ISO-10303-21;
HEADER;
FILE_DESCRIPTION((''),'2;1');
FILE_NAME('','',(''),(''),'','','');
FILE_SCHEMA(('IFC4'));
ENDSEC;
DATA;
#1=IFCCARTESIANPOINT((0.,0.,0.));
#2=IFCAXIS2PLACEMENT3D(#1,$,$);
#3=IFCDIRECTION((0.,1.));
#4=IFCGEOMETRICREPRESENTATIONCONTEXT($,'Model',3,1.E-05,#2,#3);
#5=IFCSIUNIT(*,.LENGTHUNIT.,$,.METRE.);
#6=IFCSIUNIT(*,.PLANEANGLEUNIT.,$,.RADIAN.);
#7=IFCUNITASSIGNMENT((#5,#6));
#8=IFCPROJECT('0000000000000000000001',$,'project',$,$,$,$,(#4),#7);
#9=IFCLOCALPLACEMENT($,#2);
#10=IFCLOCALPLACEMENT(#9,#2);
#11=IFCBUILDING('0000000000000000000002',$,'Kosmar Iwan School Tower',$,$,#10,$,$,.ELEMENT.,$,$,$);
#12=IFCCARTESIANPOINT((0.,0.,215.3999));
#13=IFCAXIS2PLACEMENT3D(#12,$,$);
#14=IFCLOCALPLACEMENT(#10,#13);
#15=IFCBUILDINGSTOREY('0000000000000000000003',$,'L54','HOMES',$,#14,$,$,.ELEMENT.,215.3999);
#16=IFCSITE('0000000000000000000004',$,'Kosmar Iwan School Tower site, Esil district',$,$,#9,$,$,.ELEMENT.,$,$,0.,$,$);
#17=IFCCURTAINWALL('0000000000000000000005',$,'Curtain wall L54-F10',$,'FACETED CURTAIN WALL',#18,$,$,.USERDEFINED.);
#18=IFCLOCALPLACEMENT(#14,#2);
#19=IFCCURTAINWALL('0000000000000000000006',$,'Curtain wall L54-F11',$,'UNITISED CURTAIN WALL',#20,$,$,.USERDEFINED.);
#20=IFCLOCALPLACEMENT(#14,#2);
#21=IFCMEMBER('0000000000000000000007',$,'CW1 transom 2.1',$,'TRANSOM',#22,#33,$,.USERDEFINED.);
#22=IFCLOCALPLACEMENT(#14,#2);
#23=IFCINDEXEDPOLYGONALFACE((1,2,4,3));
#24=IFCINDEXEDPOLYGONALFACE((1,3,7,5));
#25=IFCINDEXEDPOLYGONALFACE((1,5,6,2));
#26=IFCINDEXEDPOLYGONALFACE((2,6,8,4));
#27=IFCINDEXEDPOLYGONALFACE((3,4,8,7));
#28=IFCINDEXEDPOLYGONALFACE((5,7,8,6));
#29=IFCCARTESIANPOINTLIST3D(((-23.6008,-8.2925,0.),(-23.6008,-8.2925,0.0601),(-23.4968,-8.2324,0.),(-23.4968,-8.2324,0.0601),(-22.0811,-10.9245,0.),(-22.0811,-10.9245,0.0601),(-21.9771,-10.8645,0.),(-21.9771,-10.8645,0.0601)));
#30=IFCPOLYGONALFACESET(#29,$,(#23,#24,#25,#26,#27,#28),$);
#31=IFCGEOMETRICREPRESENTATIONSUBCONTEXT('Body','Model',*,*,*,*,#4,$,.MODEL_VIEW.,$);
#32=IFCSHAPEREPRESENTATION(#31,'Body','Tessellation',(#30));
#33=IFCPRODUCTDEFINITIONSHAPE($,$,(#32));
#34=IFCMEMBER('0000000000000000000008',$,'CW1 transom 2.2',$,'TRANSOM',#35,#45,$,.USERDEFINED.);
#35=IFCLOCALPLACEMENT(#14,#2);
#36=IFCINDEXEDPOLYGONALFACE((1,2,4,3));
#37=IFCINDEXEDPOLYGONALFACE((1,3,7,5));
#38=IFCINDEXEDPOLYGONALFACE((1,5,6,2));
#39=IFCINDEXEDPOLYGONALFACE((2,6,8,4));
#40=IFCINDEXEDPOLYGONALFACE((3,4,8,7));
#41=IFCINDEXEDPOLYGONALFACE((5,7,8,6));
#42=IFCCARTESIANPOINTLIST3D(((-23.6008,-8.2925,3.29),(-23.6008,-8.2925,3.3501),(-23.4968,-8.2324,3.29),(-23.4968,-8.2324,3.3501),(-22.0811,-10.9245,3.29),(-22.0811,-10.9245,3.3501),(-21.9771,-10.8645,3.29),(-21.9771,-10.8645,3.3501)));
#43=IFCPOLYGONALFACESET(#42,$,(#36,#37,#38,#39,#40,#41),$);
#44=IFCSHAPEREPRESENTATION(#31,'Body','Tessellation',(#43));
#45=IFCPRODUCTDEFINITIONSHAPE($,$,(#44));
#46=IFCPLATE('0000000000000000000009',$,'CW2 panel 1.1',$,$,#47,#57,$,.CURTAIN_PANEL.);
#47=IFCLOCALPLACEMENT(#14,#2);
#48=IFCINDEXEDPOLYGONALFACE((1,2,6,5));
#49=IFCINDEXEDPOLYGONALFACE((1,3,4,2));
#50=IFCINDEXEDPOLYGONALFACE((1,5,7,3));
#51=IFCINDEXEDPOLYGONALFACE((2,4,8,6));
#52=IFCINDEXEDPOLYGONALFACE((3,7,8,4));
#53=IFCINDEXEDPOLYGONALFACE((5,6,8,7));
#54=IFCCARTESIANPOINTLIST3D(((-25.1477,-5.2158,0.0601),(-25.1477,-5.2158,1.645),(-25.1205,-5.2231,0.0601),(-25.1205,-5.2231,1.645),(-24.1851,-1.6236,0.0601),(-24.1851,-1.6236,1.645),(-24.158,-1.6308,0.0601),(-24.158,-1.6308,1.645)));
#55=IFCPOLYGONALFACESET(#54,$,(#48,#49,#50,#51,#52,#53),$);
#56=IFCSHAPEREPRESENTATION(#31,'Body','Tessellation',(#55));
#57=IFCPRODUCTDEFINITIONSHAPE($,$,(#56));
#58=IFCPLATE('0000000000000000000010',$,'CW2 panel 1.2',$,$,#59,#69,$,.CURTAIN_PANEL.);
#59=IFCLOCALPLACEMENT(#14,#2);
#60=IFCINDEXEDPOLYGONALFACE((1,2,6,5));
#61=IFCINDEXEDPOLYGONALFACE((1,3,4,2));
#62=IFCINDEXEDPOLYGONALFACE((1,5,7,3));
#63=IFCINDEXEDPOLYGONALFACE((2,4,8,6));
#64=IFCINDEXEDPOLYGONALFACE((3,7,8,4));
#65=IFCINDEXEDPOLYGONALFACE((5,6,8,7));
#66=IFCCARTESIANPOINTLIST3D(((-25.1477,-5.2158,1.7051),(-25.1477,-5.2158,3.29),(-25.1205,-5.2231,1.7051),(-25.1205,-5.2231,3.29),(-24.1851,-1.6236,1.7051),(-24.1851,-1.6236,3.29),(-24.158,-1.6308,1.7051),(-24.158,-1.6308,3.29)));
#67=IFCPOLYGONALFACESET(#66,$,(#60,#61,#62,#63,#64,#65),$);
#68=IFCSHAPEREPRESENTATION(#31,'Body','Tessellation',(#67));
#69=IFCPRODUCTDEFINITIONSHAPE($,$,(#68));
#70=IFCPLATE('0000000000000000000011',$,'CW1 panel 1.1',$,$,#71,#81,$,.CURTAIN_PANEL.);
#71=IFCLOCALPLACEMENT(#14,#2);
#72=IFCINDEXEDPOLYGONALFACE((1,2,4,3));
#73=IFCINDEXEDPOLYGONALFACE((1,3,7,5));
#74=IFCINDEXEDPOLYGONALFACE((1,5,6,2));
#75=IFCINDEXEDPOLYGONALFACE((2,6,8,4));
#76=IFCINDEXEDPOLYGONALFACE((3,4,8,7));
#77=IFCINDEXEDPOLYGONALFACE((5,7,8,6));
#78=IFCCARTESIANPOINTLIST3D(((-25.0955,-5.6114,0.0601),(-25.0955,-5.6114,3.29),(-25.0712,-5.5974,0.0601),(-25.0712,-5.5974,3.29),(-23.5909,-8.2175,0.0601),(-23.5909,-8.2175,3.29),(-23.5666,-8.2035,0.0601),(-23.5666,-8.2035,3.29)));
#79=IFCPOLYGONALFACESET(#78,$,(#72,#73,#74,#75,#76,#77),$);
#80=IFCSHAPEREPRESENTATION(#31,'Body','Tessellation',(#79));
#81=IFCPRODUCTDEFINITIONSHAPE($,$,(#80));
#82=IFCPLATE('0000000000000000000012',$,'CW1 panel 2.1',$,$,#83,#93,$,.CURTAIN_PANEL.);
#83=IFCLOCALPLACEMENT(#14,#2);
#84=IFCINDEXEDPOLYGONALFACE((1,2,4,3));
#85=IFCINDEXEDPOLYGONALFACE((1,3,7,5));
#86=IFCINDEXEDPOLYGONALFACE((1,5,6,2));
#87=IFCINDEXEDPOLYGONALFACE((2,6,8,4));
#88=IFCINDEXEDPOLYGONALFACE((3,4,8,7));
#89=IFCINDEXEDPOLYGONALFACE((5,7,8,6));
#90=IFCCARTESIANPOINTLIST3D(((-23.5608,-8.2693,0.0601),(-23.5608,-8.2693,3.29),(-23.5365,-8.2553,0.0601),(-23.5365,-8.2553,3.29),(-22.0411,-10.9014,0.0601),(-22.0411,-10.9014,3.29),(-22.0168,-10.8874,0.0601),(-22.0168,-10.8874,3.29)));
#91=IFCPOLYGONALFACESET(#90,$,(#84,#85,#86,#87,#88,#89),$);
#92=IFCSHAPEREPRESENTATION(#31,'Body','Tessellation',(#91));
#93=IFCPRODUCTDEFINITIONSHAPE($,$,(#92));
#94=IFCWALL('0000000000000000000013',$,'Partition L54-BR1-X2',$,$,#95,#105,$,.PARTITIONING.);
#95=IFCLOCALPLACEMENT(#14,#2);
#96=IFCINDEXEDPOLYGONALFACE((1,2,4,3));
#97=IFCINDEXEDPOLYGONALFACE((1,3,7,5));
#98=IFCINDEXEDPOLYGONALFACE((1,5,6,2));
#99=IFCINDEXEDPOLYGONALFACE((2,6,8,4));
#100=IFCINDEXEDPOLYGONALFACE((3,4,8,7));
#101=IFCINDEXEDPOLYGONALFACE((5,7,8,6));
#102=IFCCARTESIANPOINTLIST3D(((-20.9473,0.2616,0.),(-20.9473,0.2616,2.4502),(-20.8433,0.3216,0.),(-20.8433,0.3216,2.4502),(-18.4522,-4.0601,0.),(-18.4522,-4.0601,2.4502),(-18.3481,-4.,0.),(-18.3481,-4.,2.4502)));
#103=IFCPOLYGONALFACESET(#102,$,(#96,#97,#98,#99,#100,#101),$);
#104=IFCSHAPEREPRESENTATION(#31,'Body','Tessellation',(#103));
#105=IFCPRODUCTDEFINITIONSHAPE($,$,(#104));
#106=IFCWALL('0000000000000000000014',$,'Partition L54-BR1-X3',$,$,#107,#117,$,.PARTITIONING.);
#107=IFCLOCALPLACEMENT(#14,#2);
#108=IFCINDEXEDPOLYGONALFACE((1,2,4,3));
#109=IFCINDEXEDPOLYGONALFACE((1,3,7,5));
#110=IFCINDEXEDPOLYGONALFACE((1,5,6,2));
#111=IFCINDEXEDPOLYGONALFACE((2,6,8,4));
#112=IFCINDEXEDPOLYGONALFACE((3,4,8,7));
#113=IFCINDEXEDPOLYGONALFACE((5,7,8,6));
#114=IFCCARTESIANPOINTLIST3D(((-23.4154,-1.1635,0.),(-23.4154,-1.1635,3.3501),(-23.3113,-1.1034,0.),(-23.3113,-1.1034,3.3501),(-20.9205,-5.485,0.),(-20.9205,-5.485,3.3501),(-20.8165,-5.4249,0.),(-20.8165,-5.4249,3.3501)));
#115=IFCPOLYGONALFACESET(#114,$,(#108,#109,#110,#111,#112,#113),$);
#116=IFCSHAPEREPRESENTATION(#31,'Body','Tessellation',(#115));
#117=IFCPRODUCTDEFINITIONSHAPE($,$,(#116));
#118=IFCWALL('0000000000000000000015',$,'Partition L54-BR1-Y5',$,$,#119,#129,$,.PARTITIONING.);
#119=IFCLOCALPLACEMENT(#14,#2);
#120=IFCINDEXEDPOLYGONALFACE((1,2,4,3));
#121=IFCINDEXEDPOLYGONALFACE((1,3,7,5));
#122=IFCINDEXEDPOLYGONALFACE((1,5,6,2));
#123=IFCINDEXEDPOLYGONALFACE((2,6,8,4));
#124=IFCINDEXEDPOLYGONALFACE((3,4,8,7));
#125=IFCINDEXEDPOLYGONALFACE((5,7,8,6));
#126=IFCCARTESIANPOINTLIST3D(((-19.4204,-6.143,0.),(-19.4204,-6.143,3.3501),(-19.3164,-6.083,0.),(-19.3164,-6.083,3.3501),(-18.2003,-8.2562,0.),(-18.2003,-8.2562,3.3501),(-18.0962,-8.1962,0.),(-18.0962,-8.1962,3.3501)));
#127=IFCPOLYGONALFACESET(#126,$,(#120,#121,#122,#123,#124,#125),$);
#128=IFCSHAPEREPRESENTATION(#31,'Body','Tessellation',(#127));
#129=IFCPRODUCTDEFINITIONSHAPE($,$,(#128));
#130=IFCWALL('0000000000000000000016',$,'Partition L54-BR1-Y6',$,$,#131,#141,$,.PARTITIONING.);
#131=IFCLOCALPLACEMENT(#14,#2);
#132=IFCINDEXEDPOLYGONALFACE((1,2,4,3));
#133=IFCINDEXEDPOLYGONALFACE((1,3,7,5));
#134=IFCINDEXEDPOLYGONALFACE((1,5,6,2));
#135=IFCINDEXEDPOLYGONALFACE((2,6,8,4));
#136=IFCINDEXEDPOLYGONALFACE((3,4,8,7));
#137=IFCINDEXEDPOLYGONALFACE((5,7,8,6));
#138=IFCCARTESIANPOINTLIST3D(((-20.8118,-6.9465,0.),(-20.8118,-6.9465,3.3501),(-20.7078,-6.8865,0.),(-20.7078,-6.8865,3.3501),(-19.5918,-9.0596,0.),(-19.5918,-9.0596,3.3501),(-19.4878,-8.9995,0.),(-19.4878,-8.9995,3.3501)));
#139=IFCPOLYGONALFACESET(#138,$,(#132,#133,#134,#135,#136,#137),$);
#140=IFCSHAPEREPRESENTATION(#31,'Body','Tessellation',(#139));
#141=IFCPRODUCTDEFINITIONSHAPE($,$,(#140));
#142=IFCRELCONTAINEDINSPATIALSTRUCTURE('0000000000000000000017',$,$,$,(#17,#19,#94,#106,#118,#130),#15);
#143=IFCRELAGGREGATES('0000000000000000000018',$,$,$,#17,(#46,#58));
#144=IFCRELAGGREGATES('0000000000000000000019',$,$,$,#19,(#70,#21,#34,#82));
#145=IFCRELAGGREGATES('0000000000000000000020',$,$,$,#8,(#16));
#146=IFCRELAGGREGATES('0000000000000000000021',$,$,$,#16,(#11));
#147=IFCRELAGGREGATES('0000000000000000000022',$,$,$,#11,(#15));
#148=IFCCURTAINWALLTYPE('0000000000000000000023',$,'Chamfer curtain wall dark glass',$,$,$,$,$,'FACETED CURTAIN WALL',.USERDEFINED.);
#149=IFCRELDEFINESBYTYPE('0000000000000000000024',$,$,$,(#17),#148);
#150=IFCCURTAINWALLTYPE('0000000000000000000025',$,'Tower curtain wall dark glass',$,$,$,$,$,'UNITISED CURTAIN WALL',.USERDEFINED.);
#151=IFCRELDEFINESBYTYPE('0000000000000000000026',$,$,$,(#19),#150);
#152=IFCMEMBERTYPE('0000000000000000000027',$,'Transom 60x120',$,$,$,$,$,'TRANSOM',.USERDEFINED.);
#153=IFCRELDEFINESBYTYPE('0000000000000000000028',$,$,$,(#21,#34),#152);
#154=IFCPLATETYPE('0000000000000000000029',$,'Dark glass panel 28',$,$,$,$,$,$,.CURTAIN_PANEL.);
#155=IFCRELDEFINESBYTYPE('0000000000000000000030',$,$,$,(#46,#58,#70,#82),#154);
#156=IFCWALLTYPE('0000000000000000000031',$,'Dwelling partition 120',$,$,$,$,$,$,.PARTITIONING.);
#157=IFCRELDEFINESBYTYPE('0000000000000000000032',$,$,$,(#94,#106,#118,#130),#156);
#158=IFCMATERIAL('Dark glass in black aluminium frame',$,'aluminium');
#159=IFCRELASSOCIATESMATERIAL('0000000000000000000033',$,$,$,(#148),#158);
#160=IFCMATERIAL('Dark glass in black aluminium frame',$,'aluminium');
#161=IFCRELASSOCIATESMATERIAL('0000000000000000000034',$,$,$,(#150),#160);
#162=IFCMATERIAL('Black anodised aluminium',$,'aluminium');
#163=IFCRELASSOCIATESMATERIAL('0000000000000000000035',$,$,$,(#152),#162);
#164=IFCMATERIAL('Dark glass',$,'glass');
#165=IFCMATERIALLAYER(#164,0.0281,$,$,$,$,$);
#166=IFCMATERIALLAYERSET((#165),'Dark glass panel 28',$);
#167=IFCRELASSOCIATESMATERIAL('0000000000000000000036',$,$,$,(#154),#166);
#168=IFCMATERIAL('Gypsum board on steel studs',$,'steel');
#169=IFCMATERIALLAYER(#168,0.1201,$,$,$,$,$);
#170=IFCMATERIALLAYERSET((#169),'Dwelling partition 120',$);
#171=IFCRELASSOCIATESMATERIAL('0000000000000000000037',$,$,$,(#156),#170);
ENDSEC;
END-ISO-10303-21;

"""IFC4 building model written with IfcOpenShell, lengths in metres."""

from ifc_helpers import new_model, si_unit, direction, frame, frame_2d, origin, origin_2d, place, context, subcontext, project, spatial, rectangle, extrude, material, layer, layer_set, material_profile, profile_set, type_object, element, aggregate, save


model = new_model("IFC4")

# Units and contexts
model_context = context("Model", 3, precision=1e-05, world=origin(), true_north=direction((0.0, 1.0)))
body_context = subcontext(model_context, "Body", "Model", "MODEL_VIEW")
ifc_project = project(units=[si_unit("LENGTHUNIT", "METRE"), si_unit("PLANEANGLEUNIT", "RADIAN")], contexts=[model_context])

# Site, building, storey
site_placement = place(None, origin())
site = spatial("IfcSite", under=ifc_project, at=site_placement, Name="Kosmar Iwan School Tower site, Esil district", CompositionType="ELEMENT", RefElevation=0.0)
building_placement = place(site_placement, origin())
building = spatial("IfcBuilding", under=site, at=building_placement, Name="Kosmar Iwan School Tower", CompositionType="ELEMENT")
storey_placement = place(building_placement, frame((0.0, 0.0, 215.3999)))
storey = spatial("IfcBuildingStorey", under=building, at=storey_placement, Name="L54", Description="HOMES", CompositionType="ELEMENT", Elevation=215.3999)

# Curtain walls
ifc_material_1 = material(Name="Dark glass in black aluminium frame", Category="aluminium")
curtain_wall_type_1 = type_object("IfcCurtainWallType", Name="Chamfer curtain wall dark glass", ElementType="FACETED CURTAIN WALL", PredefinedType="USERDEFINED", material=ifc_material_1)
curtain_wall_1_placement = place(storey_placement, origin())
curtain_wall_1 = element("IfcCurtainWall", 1, at=curtain_wall_1_placement, inside=storey, type_object=curtain_wall_type_1, Name="Curtain wall L54-F10", ObjectType="FACETED CURTAIN WALL", PredefinedType="USERDEFINED")
ifc_material_2 = material(Name="Dark glass in black aluminium frame", Category="aluminium")
curtain_wall_type_2 = type_object("IfcCurtainWallType", Name="Tower curtain wall dark glass", ElementType="UNITISED CURTAIN WALL", PredefinedType="USERDEFINED", material=ifc_material_2)
curtain_wall_2_placement = place(storey_placement, origin())
curtain_wall_2 = element("IfcCurtainWall", 2, at=curtain_wall_2_placement, inside=storey, type_object=curtain_wall_type_2, Name="Curtain wall L54-F11", ObjectType="UNITISED CURTAIN WALL", PredefinedType="USERDEFINED")

# Members
ifc_material_3 = material(Name="Black anodised aluminium", Category="aluminium")
ifc_material_profile_1 = material_profile(ifc_material_3, rectangle(XDim=0.1201, YDim=0.0601, at=origin_2d()), Name="TRANSOM 60x120")
ifc_profile_set_1 = profile_set([ifc_material_profile_1], Name="Black anodised aluminium")
member_type_1 = type_object("IfcMemberType", Name="Transom 60x120", ElementType="TRANSOM", PredefinedType="USERDEFINED", material=ifc_profile_set_1)
member_1_placement = place(storey_placement, frame((-23.5488, -8.2625, 0.03), z_axis=(0.500035, -0.866005, 0.0), x_axis=(0.866005, 0.500035, 0.0)))
member_1 = element("IfcMember", 3, at=member_1_placement, type_object=member_type_1, Name="CW1 transom 2.1", ObjectType="TRANSOM", PredefinedType="USERDEFINED", context=body_context, shape_type="SweptSolid", body=[
    extrude(rectangle(XDim=0.1201, YDim=0.0601, at=origin_2d()), origin(), (0.0, 0.0, 1.0), 3.0393),
])
member_2_placement = place(storey_placement, frame((-23.5488, -8.2625, 3.3201), z_axis=(0.500035, -0.866005, 0.0), x_axis=(0.866005, 0.500035, 0.0)))
member_2 = element("IfcMember", 4, at=member_2_placement, type_object=member_type_1, Name="CW1 transom 2.2", ObjectType="TRANSOM", PredefinedType="USERDEFINED", context=body_context, shape_type="SweptSolid", body=[
    extrude(rectangle(XDim=0.1201, YDim=0.0601, at=origin_2d()), origin(), (0.0, 0.0, 1.0), 3.0393),
])

# Plates
ifc_material_4 = material(Name="Dark glass", Category="glass")
ifc_layer_1 = layer(ifc_material_4, 0.0281)
ifc_layer_set_1 = layer_set([ifc_layer_1], Name="Dark glass panel 28")
plate_type = type_object("IfcPlateType", Name="Dark glass panel 28", PredefinedType="CURTAIN_PANEL", material=ifc_layer_set_1)
plate_1_placement = place(storey_placement, frame((-24.6528, -3.4233, 0.0601), z_axis=(0.0, 0.0, 1.0), x_axis=(-0.258819, -0.965926, 0.0)))
plate_1 = element("IfcPlate", 5, at=plate_1_placement, type_object=plate_type, Name="CW2 panel 1.1", PredefinedType="CURTAIN_PANEL", context=body_context, shape_type="SweptSolid", body=[
    extrude(rectangle(XDim=3.719, YDim=0.0281, at=origin_2d()), origin(), (0.0, 0.0, 1.0), 1.585),
])
plate_2_placement = place(storey_placement, frame((-24.6528, -3.4233, 1.7051), z_axis=(0.0, 0.0, 1.0), x_axis=(-0.258819, -0.965926, 0.0)))
plate_2 = element("IfcPlate", 6, at=plate_2_placement, type_object=plate_type, Name="CW2 panel 1.2", PredefinedType="CURTAIN_PANEL", context=body_context, shape_type="SweptSolid", body=[
    extrude(rectangle(XDim=3.719, YDim=0.0281, at=origin_2d()), origin(), (0.0, 0.0, 1.0), 1.585),
])
aggregate(curtain_wall_1, [plate_1, plate_2])
plate_3_placement = place(storey_placement, frame((-24.3311, -6.9075, 0.0601), z_axis=(0.0, 0.0, 1.0), x_axis=(0.5, -0.866025, 0.0)))
plate_3 = element("IfcPlate", 7, at=plate_3_placement, type_object=plate_type, Name="CW1 panel 1.1", PredefinedType="CURTAIN_PANEL", context=body_context, shape_type="SweptSolid", body=[
    extrude(rectangle(XDim=3.0093, YDim=0.0281, at=origin_2d()), origin(), (0.0, 0.0, 1.0), 3.23),
])
plate_4_placement = place(storey_placement, frame((-22.7888, -9.5784, 0.0601), z_axis=(0.0, 0.0, 1.0), x_axis=(0.5, -0.866025, 0.0)))
plate_4 = element("IfcPlate", 8, at=plate_4_placement, type_object=plate_type, Name="CW1 panel 2.1", PredefinedType="CURTAIN_PANEL", context=body_context, shape_type="SweptSolid", body=[
    extrude(rectangle(XDim=3.0393, YDim=0.0281, at=origin_2d()), origin(), (0.0, 0.0, 1.0), 3.23),
])
aggregate(curtain_wall_2, [plate_3, member_1, member_2, plate_4])

# Walls
ifc_material_5 = material(Name="Gypsum board on steel studs", Category="steel")
ifc_layer_2 = layer(ifc_material_5, 0.1201)
ifc_layer_set_2 = layer_set([ifc_layer_2], Name="Dwelling partition 120")
wall_type = type_object("IfcWallType", Name="Dwelling partition 120", PredefinedType="PARTITIONING", material=ifc_layer_set_2)
wall_1_placement = place(storey_placement, frame((-18.4001, -4.03, 0.0), z_axis=(0.0, 0.0, 1.0), x_axis=(-0.500012, 0.866019, 0.0)))
element("IfcWall", 9, at=wall_1_placement, inside=storey, type_object=wall_type, Name="Partition L54-BR1-X2", PredefinedType="PARTITIONING", context=body_context, shape_type="SweptSolid", body=[
    extrude(rectangle(XDim=4.9902, YDim=0.1201, at=frame_2d((2.4951, 0.0))), origin(), (0.0, 0.0, 1.0), 2.4502),
])
wall_2_placement = place(storey_placement, frame((-20.8684, -5.4551, 0.0), z_axis=(0.0, 0.0, 1.0), x_axis=(-0.499975, 0.86604, 0.0)))
element("IfcWall", 10, at=wall_2_placement, inside=storey, type_object=wall_type, Name="Partition L54-BR1-X3", PredefinedType="PARTITIONING", context=body_context, shape_type="SweptSolid", body=[
    extrude(rectangle(XDim=4.99, YDim=0.1201, at=frame_2d((2.4951, 0.0))), origin(), (0.0, 0.0, 1.0), 3.3501),
])
wall_3_placement = place(storey_placement, frame((-18.1482, -8.2263, 0.0), z_axis=(0.0, 0.0, 1.0), x_axis=(-0.500034, 0.866006, 0.0)))
element("IfcWall", 11, at=wall_3_placement, inside=storey, type_object=wall_type, Name="Partition L54-BR1-Y5", PredefinedType="PARTITIONING", context=body_context, shape_type="SweptSolid", body=[
    extrude(rectangle(XDim=2.4402, YDim=0.1201, at=frame_2d((1.2202, 0.0))), origin(), (0.0, 0.0, 1.0), 3.3501),
])
wall_4_placement = place(storey_placement, frame((-19.5398, -9.0295, 0.0), z_axis=(0.0, 0.0, 1.0), x_axis=(-0.500003, 0.866024, 0.0)))
element("IfcWall", 12, at=wall_4_placement, inside=storey, type_object=wall_type, Name="Partition L54-BR1-Y6", PredefinedType="PARTITIONING", context=body_context, shape_type="SweptSolid", body=[
    extrude(rectangle(XDim=2.4399, YDim=0.1201, at=frame_2d((1.22, 0.0))), origin(), (0.0, 0.0, 1.0), 3.3501),
])

save(model, "model.ifc")
